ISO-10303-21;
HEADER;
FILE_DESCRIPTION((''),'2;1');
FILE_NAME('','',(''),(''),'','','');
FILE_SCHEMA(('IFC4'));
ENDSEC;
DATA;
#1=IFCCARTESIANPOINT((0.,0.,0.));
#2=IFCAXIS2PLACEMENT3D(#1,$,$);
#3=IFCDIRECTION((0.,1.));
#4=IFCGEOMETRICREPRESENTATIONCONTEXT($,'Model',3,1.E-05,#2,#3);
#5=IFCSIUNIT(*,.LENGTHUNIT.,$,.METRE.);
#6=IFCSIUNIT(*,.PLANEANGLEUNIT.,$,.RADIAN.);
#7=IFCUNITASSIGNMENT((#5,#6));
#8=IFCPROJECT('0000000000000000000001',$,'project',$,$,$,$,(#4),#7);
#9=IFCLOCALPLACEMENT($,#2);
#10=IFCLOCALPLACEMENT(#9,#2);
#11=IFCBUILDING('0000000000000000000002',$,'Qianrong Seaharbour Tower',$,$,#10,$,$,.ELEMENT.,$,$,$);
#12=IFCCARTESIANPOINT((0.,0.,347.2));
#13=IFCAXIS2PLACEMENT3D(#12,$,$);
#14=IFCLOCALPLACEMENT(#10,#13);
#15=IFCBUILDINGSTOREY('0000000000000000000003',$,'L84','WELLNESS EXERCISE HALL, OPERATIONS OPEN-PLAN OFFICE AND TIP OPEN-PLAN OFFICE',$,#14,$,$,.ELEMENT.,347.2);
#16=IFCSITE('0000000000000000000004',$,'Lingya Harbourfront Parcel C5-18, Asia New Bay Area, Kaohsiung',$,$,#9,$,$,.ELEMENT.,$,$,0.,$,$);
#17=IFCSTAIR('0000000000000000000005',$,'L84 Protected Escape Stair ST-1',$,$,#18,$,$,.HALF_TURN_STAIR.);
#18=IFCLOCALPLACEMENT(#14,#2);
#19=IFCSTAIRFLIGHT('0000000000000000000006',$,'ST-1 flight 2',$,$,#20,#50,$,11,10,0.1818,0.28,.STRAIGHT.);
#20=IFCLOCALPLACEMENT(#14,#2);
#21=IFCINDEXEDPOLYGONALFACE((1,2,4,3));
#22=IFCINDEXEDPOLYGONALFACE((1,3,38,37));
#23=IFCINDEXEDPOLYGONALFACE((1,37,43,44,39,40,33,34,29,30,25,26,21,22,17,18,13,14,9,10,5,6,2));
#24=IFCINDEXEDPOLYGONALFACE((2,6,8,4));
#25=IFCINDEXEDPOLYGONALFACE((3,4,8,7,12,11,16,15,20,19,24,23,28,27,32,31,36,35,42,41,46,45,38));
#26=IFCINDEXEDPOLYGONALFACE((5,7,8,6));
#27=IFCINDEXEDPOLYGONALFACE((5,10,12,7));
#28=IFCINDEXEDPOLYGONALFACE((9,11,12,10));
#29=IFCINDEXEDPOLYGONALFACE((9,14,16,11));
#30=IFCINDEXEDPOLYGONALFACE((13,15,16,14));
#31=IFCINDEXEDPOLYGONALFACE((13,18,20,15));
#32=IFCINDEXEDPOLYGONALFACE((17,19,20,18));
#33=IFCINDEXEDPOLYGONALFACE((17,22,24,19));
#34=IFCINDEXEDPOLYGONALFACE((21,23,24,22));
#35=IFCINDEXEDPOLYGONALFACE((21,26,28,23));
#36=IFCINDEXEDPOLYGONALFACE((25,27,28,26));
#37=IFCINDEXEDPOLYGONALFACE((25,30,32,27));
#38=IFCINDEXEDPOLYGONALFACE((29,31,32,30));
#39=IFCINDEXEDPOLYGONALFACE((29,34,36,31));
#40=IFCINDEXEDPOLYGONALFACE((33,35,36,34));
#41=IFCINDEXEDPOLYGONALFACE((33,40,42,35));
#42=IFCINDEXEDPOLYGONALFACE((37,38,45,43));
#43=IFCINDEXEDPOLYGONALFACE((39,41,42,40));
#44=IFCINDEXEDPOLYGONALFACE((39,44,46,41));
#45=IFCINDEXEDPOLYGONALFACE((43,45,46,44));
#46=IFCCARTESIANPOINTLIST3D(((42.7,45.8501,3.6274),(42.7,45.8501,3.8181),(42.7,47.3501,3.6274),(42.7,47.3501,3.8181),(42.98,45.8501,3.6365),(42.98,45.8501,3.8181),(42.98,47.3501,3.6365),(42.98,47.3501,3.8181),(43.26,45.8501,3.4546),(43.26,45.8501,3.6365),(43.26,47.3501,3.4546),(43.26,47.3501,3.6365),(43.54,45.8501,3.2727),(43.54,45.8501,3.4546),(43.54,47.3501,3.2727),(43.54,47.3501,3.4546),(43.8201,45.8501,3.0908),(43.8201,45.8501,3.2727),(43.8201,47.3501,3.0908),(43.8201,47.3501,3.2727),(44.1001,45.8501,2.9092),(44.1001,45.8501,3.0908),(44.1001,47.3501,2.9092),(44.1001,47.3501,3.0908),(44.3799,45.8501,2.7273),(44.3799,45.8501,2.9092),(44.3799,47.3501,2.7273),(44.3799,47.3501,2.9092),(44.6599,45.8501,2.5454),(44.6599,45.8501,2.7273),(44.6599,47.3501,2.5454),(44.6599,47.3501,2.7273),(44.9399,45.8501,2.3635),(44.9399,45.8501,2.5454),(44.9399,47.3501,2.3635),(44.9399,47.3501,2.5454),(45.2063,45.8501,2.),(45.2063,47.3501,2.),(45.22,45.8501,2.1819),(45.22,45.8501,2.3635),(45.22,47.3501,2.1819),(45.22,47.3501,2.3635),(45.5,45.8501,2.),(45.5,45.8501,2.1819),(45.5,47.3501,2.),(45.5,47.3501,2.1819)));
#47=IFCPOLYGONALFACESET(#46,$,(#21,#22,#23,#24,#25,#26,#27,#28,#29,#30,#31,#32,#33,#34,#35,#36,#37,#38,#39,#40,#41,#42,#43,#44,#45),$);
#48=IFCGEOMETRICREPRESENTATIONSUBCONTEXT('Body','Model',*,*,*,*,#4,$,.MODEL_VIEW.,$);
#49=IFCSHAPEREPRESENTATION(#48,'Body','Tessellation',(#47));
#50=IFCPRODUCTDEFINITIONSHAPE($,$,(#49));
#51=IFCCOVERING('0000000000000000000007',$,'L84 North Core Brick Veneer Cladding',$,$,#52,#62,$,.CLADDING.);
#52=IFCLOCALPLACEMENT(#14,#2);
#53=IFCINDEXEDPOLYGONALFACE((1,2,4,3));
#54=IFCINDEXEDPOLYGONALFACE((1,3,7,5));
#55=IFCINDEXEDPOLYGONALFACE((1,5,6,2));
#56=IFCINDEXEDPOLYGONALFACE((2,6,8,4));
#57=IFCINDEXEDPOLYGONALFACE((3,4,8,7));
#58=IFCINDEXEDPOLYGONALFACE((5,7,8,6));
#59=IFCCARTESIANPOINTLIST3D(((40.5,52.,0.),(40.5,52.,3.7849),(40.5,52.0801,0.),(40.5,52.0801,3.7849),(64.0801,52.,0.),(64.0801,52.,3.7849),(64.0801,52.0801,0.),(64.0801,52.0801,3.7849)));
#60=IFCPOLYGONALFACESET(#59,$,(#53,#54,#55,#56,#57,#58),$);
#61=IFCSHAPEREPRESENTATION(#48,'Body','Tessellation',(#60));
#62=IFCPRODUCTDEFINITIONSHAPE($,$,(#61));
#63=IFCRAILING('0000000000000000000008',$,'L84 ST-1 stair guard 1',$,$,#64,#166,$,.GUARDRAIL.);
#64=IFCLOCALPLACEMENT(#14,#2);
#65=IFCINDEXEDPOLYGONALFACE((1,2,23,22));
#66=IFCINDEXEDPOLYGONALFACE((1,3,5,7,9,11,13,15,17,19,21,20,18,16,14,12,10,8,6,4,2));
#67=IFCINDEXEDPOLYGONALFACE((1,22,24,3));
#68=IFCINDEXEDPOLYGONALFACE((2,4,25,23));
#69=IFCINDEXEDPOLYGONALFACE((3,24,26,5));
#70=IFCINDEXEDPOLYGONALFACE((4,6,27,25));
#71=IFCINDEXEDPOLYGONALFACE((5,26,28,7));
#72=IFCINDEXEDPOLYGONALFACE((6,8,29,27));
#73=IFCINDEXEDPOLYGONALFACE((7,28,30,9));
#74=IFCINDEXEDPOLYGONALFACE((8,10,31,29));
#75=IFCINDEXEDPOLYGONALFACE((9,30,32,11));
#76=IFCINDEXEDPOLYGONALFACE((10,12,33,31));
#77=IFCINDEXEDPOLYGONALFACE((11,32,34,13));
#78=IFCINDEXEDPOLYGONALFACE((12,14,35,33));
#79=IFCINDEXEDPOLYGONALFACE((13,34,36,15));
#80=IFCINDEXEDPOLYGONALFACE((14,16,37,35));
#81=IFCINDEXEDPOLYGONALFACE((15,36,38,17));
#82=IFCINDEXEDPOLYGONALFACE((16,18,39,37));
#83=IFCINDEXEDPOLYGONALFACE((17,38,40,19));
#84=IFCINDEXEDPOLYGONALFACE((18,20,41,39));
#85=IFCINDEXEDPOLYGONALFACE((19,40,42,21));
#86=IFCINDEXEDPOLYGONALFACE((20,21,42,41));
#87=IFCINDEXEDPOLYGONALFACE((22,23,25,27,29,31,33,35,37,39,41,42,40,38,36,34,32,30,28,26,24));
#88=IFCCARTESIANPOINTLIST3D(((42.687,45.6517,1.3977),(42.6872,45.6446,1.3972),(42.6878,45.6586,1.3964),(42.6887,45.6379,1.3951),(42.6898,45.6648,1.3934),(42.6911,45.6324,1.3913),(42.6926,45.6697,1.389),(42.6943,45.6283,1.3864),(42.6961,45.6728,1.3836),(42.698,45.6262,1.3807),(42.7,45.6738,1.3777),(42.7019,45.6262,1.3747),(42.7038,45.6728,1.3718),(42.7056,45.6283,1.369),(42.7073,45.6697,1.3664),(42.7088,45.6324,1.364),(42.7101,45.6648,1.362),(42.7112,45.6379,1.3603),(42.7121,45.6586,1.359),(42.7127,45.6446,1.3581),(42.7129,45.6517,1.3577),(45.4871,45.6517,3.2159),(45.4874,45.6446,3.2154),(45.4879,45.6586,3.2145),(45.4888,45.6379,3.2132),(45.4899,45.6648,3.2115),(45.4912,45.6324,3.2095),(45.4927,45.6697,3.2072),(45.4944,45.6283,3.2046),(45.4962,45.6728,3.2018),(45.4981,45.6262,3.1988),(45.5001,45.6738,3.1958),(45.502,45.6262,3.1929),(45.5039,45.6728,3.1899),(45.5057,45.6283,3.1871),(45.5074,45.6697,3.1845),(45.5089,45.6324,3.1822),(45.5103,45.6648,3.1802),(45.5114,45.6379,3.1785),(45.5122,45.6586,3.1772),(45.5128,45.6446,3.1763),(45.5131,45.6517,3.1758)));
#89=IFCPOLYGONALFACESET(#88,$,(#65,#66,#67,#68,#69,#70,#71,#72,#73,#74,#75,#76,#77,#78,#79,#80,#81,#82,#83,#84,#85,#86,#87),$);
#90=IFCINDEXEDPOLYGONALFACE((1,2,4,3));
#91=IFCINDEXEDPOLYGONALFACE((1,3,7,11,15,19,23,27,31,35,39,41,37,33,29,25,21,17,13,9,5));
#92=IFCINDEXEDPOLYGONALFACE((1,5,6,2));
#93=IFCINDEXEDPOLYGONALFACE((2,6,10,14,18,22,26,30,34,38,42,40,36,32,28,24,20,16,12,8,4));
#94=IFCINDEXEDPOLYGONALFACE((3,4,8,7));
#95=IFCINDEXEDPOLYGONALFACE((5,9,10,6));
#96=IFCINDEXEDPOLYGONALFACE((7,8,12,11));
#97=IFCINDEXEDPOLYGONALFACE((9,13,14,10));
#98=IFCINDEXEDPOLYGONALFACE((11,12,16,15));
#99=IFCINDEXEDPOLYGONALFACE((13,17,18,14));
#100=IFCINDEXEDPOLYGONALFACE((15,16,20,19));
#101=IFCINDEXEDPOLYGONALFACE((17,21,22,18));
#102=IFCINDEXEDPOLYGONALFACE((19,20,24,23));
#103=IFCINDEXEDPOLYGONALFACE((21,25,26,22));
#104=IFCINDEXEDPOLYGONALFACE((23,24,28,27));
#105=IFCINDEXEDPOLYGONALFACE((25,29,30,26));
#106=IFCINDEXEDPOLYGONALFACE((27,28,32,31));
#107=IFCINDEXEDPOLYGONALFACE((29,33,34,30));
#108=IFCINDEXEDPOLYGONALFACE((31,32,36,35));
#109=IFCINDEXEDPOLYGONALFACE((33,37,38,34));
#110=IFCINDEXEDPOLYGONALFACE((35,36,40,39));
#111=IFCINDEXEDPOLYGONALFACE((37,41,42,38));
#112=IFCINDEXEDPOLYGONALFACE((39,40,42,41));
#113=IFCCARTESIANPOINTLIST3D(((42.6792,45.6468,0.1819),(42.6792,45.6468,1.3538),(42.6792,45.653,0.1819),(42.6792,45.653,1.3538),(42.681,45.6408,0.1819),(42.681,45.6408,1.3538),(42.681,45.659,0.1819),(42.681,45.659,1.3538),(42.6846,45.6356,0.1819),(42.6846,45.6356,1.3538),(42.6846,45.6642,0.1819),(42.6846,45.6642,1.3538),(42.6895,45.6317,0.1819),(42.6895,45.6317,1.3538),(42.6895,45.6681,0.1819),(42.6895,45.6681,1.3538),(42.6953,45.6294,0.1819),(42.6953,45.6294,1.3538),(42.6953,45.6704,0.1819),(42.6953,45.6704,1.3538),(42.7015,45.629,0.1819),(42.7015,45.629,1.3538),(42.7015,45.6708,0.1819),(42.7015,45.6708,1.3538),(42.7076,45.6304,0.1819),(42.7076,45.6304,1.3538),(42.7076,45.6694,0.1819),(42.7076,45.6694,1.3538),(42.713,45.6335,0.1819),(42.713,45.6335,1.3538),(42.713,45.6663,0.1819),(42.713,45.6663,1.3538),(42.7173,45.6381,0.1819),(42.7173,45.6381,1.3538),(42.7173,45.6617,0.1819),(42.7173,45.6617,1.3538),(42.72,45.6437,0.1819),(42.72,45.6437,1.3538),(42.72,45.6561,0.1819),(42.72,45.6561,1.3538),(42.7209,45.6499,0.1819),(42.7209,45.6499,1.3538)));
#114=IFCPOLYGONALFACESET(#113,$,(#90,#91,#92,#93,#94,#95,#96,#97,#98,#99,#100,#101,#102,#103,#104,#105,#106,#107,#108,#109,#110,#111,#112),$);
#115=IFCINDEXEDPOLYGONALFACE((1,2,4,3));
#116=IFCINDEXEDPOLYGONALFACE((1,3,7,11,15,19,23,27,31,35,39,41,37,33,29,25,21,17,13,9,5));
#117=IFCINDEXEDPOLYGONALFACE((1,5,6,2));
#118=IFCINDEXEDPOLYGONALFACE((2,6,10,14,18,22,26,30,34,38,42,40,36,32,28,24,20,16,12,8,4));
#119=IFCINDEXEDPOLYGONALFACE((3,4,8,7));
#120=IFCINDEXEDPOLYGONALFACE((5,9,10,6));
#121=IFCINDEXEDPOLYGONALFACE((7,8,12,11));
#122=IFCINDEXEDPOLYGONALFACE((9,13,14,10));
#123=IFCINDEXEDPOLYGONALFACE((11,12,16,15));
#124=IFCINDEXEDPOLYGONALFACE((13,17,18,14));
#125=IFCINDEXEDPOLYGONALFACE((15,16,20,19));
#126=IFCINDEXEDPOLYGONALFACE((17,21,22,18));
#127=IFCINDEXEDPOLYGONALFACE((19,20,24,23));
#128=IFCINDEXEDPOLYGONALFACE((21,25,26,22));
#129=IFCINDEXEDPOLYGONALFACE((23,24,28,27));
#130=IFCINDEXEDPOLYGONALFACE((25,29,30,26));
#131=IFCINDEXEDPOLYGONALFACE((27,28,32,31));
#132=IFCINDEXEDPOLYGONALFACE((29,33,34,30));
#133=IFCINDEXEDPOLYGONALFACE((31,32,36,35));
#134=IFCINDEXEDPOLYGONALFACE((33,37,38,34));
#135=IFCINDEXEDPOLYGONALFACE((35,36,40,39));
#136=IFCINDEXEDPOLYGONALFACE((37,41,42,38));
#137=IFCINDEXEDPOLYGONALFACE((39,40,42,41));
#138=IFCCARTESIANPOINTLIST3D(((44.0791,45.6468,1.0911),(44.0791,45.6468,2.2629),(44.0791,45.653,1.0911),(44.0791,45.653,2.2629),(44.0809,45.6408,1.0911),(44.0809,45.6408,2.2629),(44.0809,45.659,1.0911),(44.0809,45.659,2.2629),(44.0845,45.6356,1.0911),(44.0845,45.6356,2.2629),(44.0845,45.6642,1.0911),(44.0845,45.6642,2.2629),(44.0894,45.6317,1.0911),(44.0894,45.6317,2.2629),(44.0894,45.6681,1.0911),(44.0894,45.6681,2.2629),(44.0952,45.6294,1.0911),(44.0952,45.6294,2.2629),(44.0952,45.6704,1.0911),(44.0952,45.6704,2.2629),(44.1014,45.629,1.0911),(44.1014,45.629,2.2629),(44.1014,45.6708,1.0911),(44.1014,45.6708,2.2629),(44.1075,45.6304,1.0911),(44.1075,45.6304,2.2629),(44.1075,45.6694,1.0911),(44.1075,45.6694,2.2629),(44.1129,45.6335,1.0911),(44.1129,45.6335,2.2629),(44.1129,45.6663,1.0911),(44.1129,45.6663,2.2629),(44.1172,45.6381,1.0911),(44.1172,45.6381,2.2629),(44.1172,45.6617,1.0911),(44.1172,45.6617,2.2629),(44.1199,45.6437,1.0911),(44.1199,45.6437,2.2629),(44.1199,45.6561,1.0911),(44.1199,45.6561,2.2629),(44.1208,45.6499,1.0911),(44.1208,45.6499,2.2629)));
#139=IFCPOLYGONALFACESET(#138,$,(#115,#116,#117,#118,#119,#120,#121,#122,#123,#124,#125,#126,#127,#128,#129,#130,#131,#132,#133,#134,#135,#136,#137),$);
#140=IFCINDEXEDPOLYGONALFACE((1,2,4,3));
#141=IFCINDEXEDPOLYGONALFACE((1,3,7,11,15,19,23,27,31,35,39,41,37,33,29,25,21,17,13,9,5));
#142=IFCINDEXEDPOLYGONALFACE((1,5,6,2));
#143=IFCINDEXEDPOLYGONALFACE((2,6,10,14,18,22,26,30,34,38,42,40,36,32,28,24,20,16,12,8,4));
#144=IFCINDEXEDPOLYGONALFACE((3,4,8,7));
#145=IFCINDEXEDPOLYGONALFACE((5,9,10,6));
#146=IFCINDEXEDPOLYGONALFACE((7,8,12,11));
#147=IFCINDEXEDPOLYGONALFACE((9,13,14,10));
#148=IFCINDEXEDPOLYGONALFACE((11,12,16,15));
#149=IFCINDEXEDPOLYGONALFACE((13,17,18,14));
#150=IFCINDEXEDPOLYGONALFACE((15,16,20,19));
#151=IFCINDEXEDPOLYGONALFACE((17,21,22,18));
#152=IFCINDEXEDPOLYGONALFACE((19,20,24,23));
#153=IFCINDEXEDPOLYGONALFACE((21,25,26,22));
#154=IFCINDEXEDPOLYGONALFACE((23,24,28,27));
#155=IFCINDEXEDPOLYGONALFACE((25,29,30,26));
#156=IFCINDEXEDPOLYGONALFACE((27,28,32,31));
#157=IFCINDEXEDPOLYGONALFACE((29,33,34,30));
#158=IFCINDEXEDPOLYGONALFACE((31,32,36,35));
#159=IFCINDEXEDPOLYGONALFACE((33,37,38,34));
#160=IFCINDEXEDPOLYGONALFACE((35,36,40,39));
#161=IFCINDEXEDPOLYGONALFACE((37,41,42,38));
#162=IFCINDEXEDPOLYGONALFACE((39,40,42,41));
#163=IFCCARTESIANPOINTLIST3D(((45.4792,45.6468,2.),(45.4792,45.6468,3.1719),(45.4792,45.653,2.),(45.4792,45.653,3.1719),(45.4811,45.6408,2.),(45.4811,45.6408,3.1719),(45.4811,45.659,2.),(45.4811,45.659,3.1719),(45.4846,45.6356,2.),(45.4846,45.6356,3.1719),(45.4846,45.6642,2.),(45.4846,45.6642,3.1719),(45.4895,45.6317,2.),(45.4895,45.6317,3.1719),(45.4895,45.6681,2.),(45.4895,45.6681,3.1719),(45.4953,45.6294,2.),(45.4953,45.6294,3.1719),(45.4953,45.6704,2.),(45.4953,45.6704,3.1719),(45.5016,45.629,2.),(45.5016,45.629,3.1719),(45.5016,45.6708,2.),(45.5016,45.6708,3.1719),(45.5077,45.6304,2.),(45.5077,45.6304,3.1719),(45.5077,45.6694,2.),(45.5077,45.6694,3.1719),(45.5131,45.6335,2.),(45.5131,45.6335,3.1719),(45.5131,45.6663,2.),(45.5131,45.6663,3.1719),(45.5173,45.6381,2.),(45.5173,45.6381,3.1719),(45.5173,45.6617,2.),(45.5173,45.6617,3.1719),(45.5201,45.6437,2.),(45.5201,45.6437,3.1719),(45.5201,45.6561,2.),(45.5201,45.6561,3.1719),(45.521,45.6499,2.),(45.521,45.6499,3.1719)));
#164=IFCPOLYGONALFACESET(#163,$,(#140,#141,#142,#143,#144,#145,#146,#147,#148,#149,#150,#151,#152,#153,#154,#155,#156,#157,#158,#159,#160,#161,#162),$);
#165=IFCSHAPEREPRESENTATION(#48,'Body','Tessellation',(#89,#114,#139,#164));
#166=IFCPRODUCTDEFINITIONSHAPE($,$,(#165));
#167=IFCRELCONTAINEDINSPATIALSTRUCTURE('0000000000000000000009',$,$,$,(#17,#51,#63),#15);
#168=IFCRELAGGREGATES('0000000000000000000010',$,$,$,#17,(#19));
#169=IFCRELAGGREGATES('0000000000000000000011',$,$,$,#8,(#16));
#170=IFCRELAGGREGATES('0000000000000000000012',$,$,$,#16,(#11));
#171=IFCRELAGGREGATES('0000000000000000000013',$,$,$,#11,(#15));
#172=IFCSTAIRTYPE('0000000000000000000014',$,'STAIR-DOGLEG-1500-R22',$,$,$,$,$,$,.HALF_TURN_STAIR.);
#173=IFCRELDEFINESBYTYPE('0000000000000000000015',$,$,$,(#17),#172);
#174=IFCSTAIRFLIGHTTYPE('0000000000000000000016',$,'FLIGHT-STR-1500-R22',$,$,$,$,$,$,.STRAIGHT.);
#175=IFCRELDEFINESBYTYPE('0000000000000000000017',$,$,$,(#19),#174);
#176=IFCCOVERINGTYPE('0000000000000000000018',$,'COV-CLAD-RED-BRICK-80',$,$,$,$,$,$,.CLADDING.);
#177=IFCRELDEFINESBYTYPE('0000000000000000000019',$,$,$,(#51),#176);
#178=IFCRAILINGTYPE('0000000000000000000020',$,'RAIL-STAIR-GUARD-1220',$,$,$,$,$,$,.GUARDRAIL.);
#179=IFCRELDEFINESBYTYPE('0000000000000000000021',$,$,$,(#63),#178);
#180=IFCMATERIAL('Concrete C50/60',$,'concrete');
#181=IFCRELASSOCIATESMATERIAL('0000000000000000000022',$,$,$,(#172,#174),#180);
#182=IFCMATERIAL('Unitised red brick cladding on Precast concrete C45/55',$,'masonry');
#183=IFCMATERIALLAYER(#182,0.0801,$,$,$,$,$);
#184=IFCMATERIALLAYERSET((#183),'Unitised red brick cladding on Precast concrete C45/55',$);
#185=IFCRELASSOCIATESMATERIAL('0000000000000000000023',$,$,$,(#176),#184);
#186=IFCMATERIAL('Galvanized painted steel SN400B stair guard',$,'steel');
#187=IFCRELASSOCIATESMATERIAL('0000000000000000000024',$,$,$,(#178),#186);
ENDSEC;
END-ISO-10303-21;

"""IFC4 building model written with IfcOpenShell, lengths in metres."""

from ifc_helpers import new_model, si_unit, direction, frame, origin, origin_2d, place, context, subcontext, project, spatial, polyline, rectangle, circle, outline, extrude, material, layer, layer_set, type_object, element, aggregate, save


model = new_model("IFC4")

# Units and contexts
model_context = context("Model", 3, precision=1e-05, world=origin(), true_north=direction((0.0, 1.0)))
body_context = subcontext(model_context, "Body", "Model", "MODEL_VIEW")
ifc_project = project(units=[si_unit("LENGTHUNIT", "METRE"), si_unit("PLANEANGLEUNIT", "RADIAN")], contexts=[model_context])

# Site, building, storey
site_placement = place(None, origin())
site = spatial("IfcSite", under=ifc_project, at=site_placement, Name="Lingya Harbourfront Parcel C5-18, Asia New Bay Area, Kaohsiung", CompositionType="ELEMENT", RefElevation=0.0)
building_placement = place(site_placement, origin())
building = spatial("IfcBuilding", under=site, at=building_placement, Name="Qianrong Seaharbour Tower", CompositionType="ELEMENT")
storey_placement = place(building_placement, frame((0.0, 0.0, 347.2)))
storey = spatial("IfcBuildingStorey", under=building, at=storey_placement, Name="L84", Description="WELLNESS EXERCISE HALL, OPERATIONS OPEN-PLAN OFFICE AND TIP OPEN-PLAN OFFICE", CompositionType="ELEMENT", Elevation=347.2)

# Shared definitions
ifc_material_1 = material(Name="Concrete C50/60", Category="concrete")

# Stair, stair flight
stair_type = type_object("IfcStairType", Name="STAIR-DOGLEG-1500-R22", PredefinedType="HALF_TURN_STAIR", material=ifc_material_1)
stair_placement = place(storey_placement, origin())
stair = element("IfcStair", 1, at=stair_placement, inside=storey, type_object=stair_type, Name="L84 Protected Escape Stair ST-1", PredefinedType="HALF_TURN_STAIR")
stair_flight_type = type_object("IfcStairFlightType", Name="FLIGHT-STR-1500-R22", PredefinedType="STRAIGHT", material=ifc_material_1)
stair_flight_1_placement = place(storey_placement, frame((45.5, 46.6001, 2.0), z_axis=(0.0, 0.0, 1.0), x_axis=(-1.0, 0.0, 0.0)))
stair_flight_1 = element("IfcStairFlight", 2, at=stair_flight_1_placement, type_object=stair_flight_type, Name="ST-1 flight 2", NumberOfRisers=11, NumberOfTreads=10, PredefinedType="STRAIGHT", RiserHeight=0.1818, TreadLength=0.28, context=body_context, shape_type="SweptSolid", body=[
    extrude(outline(polyline([(0.0, 0.0), (0.0, 0.1819), (0.28, 0.1819), (0.28, 0.3635), (0.5601, 0.3635), (0.5601, 0.5454), (0.8401, 0.5454), (0.8401, 0.7273), (1.1201, 0.7273), (1.1201, 0.9092), (1.3999, 0.9092), (1.3999, 1.0908), (1.6799, 1.0908), (1.6799, 1.2727), (1.96, 1.2727), (1.96, 1.4546), (2.24, 1.4546), (2.24, 1.6365), (2.52, 1.6365), (2.52, 1.8181), (2.8, 1.8181), (2.8, 2.0), (2.8, 1.6274), (0.2937, 0.0), (0.0, 0.0)])), frame((0.0, 0.75, 0.0), z_axis=(0.0, -1.0, 0.0), x_axis=(1.0, 0.0, 0.0)), (0.0, 0.0, 1.0), 1.5),
])
aggregate(stair, [stair_flight_1])

# Covering
ifc_material_2 = material(Name="Unitised red brick cladding on Precast concrete C45/55", Category="masonry")
ifc_layer_1 = layer(ifc_material_2, 0.0801)
ifc_layer_set_1 = layer_set([ifc_layer_1], Name="Unitised red brick cladding on Precast concrete C45/55")
covering_type = type_object("IfcCoveringType", Name="COV-CLAD-RED-BRICK-80", PredefinedType="CLADDING", material=ifc_layer_set_1)
covering_placement = place(storey_placement, frame((52.29, 52.04, 0.0), z_axis=(0.0, 0.0, 1.0), x_axis=(1.0, 0.0, 0.0)))
element("IfcCovering", 3, at=covering_placement, inside=storey, type_object=covering_type, Name="L84 North Core Brick Veneer Cladding", PredefinedType="CLADDING", context=body_context, shape_type="SweptSolid", body=[
    extrude(rectangle(XDim=23.5801, YDim=0.0801, at=origin_2d()), origin(), (0.0, 0.0, 1.0), 3.7849),
])

# Railing
ifc_material_3 = material(Name="Galvanized painted steel SN400B stair guard", Category="steel")
railing_type_1 = type_object("IfcRailingType", Name="RAIL-STAIR-GUARD-1220", PredefinedType="GUARDRAIL", material=ifc_material_3)
railing_1_placement = place(storey_placement, frame((42.7, 45.6499, 0.1819)))
element("IfcRailing", 4, at=railing_1_placement, inside=storey, type_object=railing_type_1, Name="L84 ST-1 stair guard 1", PredefinedType="GUARDRAIL", context=body_context, shape_type="SweptSolid", body=[
    extrude(circle(Radius=0.0239, at=origin_2d()), frame((0.0, 0.0, 1.1958), z_axis=(0.838706, 0.0, 0.544585), x_axis=(0.0, 1.0, 0.0)), (0.0, 0.0, 1.0), 3.3386),
    extrude(circle(Radius=0.021, at=origin_2d()), origin(), (0.0, 0.0, 1.0), 1.1719),
    extrude(circle(Radius=0.021, at=origin_2d()), frame((1.3999, 0.0, 0.9092)), (0.0, 0.0, 1.0), 1.1719),
    extrude(circle(Radius=0.021, at=origin_2d()), frame((2.8, 0.0, 1.8181)), (0.0, 0.0, 1.0), 1.1719),
])

save(model, "model.ifc")
